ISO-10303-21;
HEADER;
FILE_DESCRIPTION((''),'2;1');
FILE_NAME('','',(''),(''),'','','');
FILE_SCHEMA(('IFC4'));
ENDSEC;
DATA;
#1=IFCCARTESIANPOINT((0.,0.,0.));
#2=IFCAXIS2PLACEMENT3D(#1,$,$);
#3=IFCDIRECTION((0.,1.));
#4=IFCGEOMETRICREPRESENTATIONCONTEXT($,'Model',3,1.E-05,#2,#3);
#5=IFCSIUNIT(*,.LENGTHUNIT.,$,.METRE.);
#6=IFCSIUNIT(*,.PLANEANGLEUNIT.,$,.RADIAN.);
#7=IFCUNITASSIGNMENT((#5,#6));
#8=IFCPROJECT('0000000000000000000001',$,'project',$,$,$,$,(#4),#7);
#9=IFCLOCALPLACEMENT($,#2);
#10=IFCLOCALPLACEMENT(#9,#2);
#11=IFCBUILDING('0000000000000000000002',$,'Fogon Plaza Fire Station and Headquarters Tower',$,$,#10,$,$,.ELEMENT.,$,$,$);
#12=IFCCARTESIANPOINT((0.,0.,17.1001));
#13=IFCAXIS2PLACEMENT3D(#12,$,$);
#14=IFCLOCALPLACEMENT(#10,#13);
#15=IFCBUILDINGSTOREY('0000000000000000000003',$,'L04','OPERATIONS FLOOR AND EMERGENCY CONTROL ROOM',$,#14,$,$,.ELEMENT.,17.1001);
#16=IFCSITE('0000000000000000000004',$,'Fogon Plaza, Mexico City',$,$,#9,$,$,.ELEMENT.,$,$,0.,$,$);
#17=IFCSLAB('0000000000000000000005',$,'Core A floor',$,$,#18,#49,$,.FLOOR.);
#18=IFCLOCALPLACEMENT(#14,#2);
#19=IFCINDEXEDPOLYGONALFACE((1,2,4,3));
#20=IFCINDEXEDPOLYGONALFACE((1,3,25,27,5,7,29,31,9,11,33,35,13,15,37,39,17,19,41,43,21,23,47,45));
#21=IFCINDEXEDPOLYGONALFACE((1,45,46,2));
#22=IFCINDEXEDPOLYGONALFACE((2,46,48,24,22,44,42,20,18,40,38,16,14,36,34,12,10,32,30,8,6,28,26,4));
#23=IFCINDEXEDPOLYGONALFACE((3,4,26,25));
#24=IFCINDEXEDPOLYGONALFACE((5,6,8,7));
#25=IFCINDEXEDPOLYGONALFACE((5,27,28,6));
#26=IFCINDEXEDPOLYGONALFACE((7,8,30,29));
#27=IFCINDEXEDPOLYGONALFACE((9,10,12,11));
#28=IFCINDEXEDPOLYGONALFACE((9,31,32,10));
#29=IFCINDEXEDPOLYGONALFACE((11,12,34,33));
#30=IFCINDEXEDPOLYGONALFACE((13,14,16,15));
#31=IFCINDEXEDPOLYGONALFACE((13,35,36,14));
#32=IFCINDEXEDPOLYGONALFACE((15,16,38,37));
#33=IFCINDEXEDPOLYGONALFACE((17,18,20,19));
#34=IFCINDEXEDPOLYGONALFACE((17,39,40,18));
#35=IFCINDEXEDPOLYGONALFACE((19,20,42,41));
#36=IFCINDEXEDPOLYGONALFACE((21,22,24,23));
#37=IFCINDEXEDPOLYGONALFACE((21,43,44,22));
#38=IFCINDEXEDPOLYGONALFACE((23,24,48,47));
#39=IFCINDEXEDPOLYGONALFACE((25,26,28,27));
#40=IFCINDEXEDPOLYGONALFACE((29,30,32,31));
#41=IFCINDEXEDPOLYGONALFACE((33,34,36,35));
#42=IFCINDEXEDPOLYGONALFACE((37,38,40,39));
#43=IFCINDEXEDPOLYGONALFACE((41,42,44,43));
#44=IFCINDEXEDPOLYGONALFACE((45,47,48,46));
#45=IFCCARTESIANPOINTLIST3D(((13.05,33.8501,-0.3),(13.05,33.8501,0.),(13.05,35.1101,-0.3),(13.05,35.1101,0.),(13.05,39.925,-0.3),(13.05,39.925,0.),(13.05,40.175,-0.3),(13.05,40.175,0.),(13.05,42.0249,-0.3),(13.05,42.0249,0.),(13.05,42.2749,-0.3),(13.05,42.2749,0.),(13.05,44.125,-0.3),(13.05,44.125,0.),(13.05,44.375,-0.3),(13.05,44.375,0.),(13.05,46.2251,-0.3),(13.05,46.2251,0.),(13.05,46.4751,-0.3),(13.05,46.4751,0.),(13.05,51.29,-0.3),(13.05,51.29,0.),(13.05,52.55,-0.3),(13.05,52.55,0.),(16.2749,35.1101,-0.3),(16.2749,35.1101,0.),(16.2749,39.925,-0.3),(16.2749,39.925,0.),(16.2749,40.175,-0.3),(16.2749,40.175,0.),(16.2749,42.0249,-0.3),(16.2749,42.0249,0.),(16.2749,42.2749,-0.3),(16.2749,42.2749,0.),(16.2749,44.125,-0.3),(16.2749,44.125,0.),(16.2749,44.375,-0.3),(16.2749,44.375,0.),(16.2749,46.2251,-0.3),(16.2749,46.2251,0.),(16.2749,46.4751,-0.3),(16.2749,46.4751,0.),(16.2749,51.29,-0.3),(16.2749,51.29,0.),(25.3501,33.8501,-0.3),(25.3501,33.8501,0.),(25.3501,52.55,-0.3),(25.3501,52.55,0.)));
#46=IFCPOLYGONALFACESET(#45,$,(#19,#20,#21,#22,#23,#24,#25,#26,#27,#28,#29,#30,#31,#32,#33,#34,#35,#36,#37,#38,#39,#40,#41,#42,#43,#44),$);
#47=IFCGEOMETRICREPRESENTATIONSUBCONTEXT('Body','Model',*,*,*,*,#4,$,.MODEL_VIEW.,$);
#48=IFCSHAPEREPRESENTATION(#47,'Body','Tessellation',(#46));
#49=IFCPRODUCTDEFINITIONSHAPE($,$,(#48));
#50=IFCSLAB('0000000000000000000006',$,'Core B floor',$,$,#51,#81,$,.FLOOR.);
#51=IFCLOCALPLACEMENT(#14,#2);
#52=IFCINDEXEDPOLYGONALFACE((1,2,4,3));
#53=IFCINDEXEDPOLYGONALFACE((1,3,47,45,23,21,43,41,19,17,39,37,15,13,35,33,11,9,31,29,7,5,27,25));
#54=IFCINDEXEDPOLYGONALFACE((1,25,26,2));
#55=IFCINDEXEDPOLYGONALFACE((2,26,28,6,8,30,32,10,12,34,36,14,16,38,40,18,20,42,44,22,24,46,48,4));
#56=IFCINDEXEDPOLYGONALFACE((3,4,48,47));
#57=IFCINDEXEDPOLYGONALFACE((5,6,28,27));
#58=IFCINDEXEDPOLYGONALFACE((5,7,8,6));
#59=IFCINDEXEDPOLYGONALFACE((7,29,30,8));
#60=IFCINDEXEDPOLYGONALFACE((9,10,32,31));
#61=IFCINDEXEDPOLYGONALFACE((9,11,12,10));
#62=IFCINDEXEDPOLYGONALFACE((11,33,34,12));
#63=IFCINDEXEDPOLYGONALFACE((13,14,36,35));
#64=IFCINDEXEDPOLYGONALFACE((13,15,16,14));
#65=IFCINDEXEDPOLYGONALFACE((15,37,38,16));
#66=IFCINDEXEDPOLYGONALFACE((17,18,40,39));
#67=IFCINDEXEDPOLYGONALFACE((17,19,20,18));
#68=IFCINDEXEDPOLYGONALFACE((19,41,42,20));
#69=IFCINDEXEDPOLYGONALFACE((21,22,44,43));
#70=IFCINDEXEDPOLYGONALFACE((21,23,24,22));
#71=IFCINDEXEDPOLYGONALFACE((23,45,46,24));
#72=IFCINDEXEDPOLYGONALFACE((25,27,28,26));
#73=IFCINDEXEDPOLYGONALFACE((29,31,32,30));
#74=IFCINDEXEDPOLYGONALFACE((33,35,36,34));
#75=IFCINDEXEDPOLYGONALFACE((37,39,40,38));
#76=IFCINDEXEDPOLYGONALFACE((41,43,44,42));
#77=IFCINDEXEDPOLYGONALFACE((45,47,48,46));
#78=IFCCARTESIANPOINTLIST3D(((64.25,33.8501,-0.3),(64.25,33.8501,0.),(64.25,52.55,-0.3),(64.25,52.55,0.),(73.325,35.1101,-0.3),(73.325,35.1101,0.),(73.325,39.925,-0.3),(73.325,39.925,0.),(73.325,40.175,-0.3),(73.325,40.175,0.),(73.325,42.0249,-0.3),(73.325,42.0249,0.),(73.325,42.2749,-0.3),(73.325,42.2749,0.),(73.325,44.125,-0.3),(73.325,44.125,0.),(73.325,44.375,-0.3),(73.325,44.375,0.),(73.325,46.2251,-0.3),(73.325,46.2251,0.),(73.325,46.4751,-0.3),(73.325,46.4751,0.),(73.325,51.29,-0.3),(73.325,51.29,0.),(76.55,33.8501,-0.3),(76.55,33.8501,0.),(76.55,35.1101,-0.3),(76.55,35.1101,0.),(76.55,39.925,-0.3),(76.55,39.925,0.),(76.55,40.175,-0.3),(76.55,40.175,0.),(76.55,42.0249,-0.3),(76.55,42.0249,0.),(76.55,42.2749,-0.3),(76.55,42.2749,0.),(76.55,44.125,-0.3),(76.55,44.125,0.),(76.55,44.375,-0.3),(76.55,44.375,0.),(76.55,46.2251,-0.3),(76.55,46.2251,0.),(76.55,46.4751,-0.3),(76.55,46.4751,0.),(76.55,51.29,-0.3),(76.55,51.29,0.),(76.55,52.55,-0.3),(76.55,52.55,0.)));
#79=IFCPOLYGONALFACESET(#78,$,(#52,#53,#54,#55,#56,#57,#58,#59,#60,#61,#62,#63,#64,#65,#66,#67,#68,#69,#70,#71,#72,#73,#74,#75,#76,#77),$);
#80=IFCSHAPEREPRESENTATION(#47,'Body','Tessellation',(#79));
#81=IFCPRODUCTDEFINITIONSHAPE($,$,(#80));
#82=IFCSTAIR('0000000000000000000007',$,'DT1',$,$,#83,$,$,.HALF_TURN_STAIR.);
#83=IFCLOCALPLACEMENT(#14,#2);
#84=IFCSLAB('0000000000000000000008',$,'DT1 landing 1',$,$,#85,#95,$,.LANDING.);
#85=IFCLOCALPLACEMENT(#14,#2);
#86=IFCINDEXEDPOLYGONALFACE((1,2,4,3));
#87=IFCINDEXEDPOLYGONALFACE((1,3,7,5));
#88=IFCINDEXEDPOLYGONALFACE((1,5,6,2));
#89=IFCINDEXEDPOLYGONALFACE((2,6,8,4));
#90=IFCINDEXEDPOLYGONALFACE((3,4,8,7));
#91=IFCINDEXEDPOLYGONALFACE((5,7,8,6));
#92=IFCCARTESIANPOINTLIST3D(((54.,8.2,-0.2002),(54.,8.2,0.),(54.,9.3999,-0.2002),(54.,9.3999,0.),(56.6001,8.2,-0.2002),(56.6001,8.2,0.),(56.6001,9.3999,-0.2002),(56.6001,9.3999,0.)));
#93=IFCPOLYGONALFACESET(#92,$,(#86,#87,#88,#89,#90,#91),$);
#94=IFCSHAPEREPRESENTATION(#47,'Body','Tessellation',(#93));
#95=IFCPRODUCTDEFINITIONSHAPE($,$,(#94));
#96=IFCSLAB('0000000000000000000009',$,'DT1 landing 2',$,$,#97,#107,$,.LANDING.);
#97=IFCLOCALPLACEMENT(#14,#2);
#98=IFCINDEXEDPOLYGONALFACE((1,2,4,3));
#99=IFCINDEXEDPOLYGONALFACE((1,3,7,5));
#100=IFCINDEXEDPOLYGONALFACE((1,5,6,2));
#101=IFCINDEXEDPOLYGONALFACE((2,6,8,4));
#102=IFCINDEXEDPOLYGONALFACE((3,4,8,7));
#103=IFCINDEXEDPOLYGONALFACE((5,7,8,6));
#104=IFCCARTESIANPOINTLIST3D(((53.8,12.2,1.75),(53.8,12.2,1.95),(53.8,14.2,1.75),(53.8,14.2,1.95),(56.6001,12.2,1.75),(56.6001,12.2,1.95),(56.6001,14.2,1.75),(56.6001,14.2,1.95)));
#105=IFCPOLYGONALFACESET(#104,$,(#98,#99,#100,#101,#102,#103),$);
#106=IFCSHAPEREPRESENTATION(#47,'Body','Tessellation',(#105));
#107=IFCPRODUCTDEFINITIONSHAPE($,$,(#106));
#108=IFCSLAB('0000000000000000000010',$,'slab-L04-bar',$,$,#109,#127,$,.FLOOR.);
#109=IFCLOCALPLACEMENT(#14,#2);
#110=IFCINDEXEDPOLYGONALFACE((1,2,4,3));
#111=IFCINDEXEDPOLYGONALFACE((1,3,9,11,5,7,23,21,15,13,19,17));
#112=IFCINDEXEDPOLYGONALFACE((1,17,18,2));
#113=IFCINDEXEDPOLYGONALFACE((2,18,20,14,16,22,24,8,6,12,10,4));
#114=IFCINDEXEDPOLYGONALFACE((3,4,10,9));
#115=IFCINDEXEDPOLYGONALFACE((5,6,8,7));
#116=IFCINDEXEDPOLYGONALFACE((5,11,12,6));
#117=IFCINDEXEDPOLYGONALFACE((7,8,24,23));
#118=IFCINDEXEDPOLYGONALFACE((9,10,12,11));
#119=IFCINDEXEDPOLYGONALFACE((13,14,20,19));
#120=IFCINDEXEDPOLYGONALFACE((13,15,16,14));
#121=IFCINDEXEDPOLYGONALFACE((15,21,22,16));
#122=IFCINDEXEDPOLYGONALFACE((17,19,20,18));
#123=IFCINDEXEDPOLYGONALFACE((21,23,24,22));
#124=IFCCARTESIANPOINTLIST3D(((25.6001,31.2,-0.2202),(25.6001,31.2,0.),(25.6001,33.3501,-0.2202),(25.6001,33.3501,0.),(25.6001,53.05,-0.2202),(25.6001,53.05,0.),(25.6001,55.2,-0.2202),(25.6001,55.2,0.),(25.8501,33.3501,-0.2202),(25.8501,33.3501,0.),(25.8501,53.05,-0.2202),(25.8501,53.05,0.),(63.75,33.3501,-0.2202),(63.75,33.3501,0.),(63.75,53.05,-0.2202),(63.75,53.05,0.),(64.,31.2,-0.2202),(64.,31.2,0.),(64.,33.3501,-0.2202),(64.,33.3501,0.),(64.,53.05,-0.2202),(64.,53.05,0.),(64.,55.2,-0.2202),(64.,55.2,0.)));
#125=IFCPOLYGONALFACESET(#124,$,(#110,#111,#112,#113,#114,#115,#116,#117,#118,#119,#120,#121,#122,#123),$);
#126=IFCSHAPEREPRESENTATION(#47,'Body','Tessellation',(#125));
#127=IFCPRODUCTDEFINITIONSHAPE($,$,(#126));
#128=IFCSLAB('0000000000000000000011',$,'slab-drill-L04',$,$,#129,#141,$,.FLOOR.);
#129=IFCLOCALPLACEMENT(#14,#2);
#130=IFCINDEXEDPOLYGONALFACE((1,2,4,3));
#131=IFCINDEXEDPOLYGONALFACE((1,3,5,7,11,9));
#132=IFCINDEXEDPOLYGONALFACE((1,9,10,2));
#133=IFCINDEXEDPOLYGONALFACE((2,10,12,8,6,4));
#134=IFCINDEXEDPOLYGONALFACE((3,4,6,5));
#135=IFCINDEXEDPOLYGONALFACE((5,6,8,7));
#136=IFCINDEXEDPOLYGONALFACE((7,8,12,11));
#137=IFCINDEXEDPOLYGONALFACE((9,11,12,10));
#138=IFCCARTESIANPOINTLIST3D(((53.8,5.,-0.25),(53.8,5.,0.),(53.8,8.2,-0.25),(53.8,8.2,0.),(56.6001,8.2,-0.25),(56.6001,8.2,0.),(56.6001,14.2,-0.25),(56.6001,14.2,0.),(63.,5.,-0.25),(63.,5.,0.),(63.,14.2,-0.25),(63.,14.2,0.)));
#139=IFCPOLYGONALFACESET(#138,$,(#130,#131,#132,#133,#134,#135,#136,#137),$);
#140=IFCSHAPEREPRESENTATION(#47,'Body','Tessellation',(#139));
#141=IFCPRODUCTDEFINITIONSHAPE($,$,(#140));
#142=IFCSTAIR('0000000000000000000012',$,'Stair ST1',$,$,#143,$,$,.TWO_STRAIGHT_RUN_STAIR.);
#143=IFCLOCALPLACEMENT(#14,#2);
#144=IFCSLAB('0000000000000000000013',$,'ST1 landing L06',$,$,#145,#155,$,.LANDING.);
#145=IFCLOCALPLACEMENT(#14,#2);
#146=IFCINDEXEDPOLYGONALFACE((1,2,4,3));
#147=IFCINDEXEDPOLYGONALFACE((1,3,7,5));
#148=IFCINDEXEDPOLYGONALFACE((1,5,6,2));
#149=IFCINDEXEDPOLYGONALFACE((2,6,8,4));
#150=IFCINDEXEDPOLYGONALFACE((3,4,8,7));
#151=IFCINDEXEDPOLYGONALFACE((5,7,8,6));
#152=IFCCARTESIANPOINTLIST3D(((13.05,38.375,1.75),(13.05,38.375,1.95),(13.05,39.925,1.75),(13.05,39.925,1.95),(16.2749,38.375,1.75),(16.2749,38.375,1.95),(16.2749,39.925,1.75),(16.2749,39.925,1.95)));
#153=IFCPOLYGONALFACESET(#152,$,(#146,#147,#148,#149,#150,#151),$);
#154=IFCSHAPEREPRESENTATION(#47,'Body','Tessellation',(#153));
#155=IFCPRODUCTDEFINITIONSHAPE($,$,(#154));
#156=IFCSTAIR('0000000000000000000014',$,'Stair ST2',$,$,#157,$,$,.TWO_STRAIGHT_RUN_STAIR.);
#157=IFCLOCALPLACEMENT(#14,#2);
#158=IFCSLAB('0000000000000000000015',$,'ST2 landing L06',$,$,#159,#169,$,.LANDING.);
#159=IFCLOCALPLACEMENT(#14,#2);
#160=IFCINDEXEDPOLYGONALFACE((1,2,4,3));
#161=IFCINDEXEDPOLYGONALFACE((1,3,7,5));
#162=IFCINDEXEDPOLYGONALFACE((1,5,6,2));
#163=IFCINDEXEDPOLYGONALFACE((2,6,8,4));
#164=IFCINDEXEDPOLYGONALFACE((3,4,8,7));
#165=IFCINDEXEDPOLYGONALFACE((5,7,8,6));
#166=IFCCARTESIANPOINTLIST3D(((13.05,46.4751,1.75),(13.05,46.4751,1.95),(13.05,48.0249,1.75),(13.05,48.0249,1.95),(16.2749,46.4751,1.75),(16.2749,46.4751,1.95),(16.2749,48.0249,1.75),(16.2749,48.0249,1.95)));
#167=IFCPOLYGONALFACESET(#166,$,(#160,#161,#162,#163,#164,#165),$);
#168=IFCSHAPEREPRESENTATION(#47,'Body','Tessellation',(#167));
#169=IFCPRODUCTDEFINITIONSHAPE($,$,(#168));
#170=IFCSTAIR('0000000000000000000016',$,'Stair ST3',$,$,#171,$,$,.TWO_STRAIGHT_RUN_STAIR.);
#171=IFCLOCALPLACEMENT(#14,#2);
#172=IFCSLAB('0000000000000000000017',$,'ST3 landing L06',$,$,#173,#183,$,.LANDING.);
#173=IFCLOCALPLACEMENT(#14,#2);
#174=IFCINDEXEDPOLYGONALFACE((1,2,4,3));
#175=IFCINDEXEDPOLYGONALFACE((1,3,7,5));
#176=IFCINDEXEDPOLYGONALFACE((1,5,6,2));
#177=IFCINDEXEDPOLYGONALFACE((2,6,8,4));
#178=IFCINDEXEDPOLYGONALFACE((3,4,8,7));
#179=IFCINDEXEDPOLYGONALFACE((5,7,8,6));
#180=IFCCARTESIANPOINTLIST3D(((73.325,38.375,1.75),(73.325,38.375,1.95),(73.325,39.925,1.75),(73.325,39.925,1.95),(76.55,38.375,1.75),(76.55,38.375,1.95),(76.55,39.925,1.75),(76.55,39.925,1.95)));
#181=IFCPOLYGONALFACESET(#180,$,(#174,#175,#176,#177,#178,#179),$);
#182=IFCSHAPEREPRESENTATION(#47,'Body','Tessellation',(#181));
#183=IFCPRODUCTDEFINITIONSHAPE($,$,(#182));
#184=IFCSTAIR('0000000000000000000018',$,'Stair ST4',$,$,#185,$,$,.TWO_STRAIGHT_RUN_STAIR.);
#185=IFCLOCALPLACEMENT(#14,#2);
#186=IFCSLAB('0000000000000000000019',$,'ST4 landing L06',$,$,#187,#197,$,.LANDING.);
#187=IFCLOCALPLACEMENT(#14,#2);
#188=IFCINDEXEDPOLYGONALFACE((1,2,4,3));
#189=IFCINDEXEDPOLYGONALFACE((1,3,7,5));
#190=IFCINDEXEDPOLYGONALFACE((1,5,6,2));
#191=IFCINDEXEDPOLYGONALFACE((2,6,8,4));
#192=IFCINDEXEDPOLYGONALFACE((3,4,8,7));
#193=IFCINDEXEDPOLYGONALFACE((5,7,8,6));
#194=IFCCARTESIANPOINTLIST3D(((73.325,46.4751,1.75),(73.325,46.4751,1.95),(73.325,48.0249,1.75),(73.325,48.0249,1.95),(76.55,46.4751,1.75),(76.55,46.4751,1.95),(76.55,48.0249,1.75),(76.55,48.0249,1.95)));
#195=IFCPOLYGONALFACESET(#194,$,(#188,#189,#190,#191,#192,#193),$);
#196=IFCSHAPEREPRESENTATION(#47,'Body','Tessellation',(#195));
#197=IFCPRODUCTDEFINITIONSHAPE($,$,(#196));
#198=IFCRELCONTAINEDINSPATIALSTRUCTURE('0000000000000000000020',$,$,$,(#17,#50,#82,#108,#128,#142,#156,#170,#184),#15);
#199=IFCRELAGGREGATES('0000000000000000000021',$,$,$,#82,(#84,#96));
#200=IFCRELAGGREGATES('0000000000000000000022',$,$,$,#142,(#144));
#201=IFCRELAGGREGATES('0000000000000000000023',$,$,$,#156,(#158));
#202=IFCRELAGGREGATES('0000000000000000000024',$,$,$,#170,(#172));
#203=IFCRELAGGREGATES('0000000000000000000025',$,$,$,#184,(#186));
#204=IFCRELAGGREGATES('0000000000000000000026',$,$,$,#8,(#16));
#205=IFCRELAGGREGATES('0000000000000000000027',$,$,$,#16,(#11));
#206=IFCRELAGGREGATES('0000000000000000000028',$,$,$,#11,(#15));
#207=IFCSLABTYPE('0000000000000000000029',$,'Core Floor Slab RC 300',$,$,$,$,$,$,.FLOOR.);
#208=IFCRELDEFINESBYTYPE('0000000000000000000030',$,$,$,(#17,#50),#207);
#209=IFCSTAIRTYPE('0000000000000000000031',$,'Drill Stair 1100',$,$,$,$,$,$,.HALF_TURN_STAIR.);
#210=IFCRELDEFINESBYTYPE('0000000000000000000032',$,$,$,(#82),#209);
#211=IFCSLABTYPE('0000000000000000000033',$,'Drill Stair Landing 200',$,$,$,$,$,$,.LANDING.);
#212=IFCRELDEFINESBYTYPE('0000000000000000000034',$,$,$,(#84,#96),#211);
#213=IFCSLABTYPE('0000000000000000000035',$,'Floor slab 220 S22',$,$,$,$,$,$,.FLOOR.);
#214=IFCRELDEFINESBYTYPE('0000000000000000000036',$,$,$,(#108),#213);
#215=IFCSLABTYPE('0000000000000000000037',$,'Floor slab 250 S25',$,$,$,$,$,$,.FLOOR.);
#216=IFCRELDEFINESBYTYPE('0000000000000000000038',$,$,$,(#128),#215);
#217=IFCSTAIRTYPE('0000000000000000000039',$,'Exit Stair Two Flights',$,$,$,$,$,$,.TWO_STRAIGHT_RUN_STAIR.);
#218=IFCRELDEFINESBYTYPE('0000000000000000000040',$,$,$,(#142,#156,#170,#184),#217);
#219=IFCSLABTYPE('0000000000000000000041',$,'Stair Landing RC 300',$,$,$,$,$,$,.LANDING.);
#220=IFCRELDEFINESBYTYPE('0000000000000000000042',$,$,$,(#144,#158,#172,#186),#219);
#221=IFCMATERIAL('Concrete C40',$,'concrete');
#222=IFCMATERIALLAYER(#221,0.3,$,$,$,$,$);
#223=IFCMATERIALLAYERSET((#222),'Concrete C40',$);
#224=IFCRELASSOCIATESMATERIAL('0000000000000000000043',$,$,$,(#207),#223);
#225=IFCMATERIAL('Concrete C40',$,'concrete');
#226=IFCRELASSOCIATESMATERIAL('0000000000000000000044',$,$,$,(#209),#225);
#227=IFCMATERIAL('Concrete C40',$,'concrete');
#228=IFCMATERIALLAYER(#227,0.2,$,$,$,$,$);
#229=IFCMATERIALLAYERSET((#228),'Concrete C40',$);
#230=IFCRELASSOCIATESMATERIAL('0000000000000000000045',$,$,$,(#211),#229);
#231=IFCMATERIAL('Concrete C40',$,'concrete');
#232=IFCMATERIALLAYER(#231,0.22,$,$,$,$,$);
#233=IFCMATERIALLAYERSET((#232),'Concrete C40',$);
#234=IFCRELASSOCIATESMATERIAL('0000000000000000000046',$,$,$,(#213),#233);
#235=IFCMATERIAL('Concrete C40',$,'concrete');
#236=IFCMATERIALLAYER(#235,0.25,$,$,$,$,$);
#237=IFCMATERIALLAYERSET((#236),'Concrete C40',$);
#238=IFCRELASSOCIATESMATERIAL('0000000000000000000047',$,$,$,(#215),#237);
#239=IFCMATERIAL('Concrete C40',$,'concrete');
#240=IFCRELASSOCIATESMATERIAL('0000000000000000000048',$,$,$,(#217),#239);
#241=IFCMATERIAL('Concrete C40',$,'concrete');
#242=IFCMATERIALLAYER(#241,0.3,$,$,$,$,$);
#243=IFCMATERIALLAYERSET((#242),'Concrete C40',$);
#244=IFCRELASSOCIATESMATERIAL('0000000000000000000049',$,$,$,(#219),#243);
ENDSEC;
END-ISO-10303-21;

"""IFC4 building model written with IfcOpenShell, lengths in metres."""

from ifc_helpers import new_model, si_unit, direction, frame, origin, place, context, subcontext, project, spatial, polyline, outline, extrude, material, layer, layer_set, type_object, element, aggregate, save


model = new_model("IFC4")

# Units and contexts
model_context = context("Model", 3, precision=1e-05, world=origin(), true_north=direction((0.0, 1.0)))
body_context = subcontext(model_context, "Body", "Model", "MODEL_VIEW")
ifc_project = project(units=[si_unit("LENGTHUNIT", "METRE"), si_unit("PLANEANGLEUNIT", "RADIAN")], contexts=[model_context])

# Site, building, storey
site_placement = place(None, origin())
site = spatial("IfcSite", under=ifc_project, at=site_placement, Name="Fogon Plaza, Mexico City", CompositionType="ELEMENT", RefElevation=0.0)
building_placement = place(site_placement, origin())
building = spatial("IfcBuilding", under=site, at=building_placement, Name="Fogon Plaza Fire Station and Headquarters Tower", CompositionType="ELEMENT")
storey_placement = place(building_placement, frame((0.0, 0.0, 17.1001)))
storey = spatial("IfcBuildingStorey", under=building, at=storey_placement, Name="L04", Description="OPERATIONS FLOOR AND EMERGENCY CONTROL ROOM", CompositionType="ELEMENT", Elevation=17.1001)

# Slabs
ifc_material_1 = material(Name="Concrete C40", Category="concrete")
ifc_layer_1 = layer(ifc_material_1, 0.3)
ifc_layer_set_1 = layer_set([ifc_layer_1], Name="Concrete C40")
slab_type_1 = type_object("IfcSlabType", Name="Core Floor Slab RC 300", PredefinedType="FLOOR", material=ifc_layer_set_1)
slab_1_placement = place(storey_placement, frame((0.0, 0.0, -0.3)))
element("IfcSlab", 1, at=slab_1_placement, inside=storey, type_object=slab_type_1, Name="Core A floor", PredefinedType="FLOOR", context=body_context, shape_type="SweptSolid", body=[
    extrude(outline(polyline([(13.05, 35.1101), (13.05, 33.8501), (25.3501, 33.8501), (25.3501, 52.55), (13.05, 52.55), (13.05, 51.29), (16.2749, 51.29), (16.2749, 46.4751), (13.05, 46.4751), (13.05, 46.2251), (16.2749, 46.2251), (16.2749, 44.375), (13.05, 44.375), (13.05, 44.125), (16.2749, 44.125), (16.2749, 42.2749), (13.05, 42.2749), (13.05, 42.0249), (16.2749, 42.0249), (16.2749, 40.175), (13.05, 40.175), (13.05, 39.925), (16.2749, 39.925), (16.2749, 35.1101), (13.05, 35.1101)])), origin(), (0.0, 0.0, 1.0), 0.3),
])
slab_2_placement = place(storey_placement, frame((0.0, 0.0, -0.3)))
element("IfcSlab", 2, at=slab_2_placement, inside=storey, type_object=slab_type_1, Name="Core B floor", PredefinedType="FLOOR", context=body_context, shape_type="SweptSolid", body=[
    extrude(outline(polyline([(76.55, 35.1101), (73.325, 35.1101), (73.325, 39.925), (76.55, 39.925), (76.55, 40.175), (73.325, 40.175), (73.325, 42.0249), (76.55, 42.0249), (76.55, 42.2749), (73.325, 42.2749), (73.325, 44.125), (76.55, 44.125), (76.55, 44.375), (73.325, 44.375), (73.325, 46.2251), (76.55, 46.2251), (76.55, 46.4751), (73.325, 46.4751), (73.325, 51.29), (76.55, 51.29), (76.55, 52.55), (64.25, 52.55), (64.25, 33.8501), (76.55, 33.8501), (76.55, 35.1101)])), origin(), (0.0, 0.0, 1.0), 0.3),
])

# Stair, slabs
ifc_material_2 = material(Name="Concrete C40", Category="concrete")
stair_type_1 = type_object("IfcStairType", Name="Drill Stair 1100", PredefinedType="HALF_TURN_STAIR", material=ifc_material_2)
stair_1_placement = place(storey_placement, origin())
stair_1 = element("IfcStair", 3, at=stair_1_placement, inside=storey, type_object=stair_type_1, Name="DT1", PredefinedType="HALF_TURN_STAIR")
ifc_material_3 = material(Name="Concrete C40", Category="concrete")
ifc_layer_2 = layer(ifc_material_3, 0.2)
ifc_layer_set_2 = layer_set([ifc_layer_2], Name="Concrete C40")
slab_type_2 = type_object("IfcSlabType", Name="Drill Stair Landing 200", PredefinedType="LANDING", material=ifc_layer_set_2)
slab_3_placement = place(storey_placement, frame((0.0, 0.0, -0.2002)))
slab_3 = element("IfcSlab", 4, at=slab_3_placement, type_object=slab_type_2, Name="DT1 landing 1", PredefinedType="LANDING", context=body_context, shape_type="SweptSolid", body=[
    extrude(outline(polyline([(54.0, 8.2), (56.6001, 8.2), (56.6001, 9.3999), (54.0, 9.3999), (54.0, 8.2)])), origin(), (0.0, 0.0, 1.0), 0.2002),
])
slab_4_placement = place(storey_placement, frame((0.0, 0.0, 1.75)))
slab_4 = element("IfcSlab", 5, at=slab_4_placement, type_object=slab_type_2, Name="DT1 landing 2", PredefinedType="LANDING", context=body_context, shape_type="SweptSolid", body=[
    extrude(outline(polyline([(53.8, 12.2), (56.6001, 12.2), (56.6001, 14.2), (53.8, 14.2), (53.8, 12.2)])), origin(), (0.0, 0.0, 1.0), 0.2),
])
aggregate(stair_1, [slab_3, slab_4])

# Slabs
ifc_material_4 = material(Name="Concrete C40", Category="concrete")
ifc_layer_3 = layer(ifc_material_4, 0.22)
ifc_layer_set_3 = layer_set([ifc_layer_3], Name="Concrete C40")
slab_type_3 = type_object("IfcSlabType", Name="Floor slab 220 S22", PredefinedType="FLOOR", material=ifc_layer_set_3)
slab_5_placement = place(storey_placement, frame((0.0, 0.0, -0.2202)))
element("IfcSlab", 6, at=slab_5_placement, inside=storey, type_object=slab_type_3, Name="slab-L04-bar", PredefinedType="FLOOR", context=body_context, shape_type="SweptSolid", body=[
    extrude(outline(polyline([(64.0, 31.2), (25.6001, 31.2), (25.6001, 33.3501), (25.8501, 33.3501), (25.8501, 53.05), (25.6001, 53.05), (25.6001, 55.2), (64.0, 55.2), (64.0, 53.05), (63.75, 53.05), (63.75, 33.3501), (64.0, 33.3501), (64.0, 31.2)])), origin(), (0.0, 0.0, 1.0), 0.2202),
])
ifc_material_5 = material(Name="Concrete C40", Category="concrete")
ifc_layer_4 = layer(ifc_material_5, 0.25)
ifc_layer_set_4 = layer_set([ifc_layer_4], Name="Concrete C40")
slab_type_4 = type_object("IfcSlabType", Name="Floor slab 250 S25", PredefinedType="FLOOR", material=ifc_layer_set_4)
slab_6_placement = place(storey_placement, frame((0.0, 0.0, -0.25)))
element("IfcSlab", 7, at=slab_6_placement, inside=storey, type_object=slab_type_4, Name="slab-drill-L04", PredefinedType="FLOOR", context=body_context, shape_type="SweptSolid", body=[
    extrude(outline(polyline([(63.0, 14.2), (63.0, 5.0), (53.8, 5.0), (53.8, 8.2), (56.6001, 8.2), (56.6001, 14.2), (63.0, 14.2)])), origin(), (0.0, 0.0, 1.0), 0.25),
])

# Stairs, slabs
ifc_material_6 = material(Name="Concrete C40", Category="concrete")
stair_type_2 = type_object("IfcStairType", Name="Exit Stair Two Flights", PredefinedType="TWO_STRAIGHT_RUN_STAIR", material=ifc_material_6)
stair_2_placement = place(storey_placement, origin())
stair_2 = element("IfcStair", 8, at=stair_2_placement, inside=storey, type_object=stair_type_2, Name="Stair ST1", PredefinedType="TWO_STRAIGHT_RUN_STAIR")
ifc_material_7 = material(Name="Concrete C40", Category="concrete")
ifc_layer_5 = layer(ifc_material_7, 0.3)
ifc_layer_set_5 = layer_set([ifc_layer_5], Name="Concrete C40")
slab_type_5 = type_object("IfcSlabType", Name="Stair Landing RC 300", PredefinedType="LANDING", material=ifc_layer_set_5)
slab_7_placement = place(storey_placement, frame((0.0, 0.0, 1.75)))
slab_7 = element("IfcSlab", 9, at=slab_7_placement, type_object=slab_type_5, Name="ST1 landing L06", PredefinedType="LANDING", context=body_context, shape_type="SweptSolid", body=[
    extrude(outline(polyline([(16.2749, 38.375), (16.2749, 39.925), (13.05, 39.925), (13.05, 38.375), (16.2749, 38.375)])), origin(), (0.0, 0.0, 1.0), 0.2),
])
aggregate(stair_2, [slab_7])
stair_3_placement = place(storey_placement, origin())
stair_3 = element("IfcStair", 10, at=stair_3_placement, inside=storey, type_object=stair_type_2, Name="Stair ST2", PredefinedType="TWO_STRAIGHT_RUN_STAIR")
slab_8_placement = place(storey_placement, frame((0.0, 0.0, 1.75)))
slab_8 = element("IfcSlab", 11, at=slab_8_placement, type_object=slab_type_5, Name="ST2 landing L06", PredefinedType="LANDING", context=body_context, shape_type="SweptSolid", body=[
    extrude(outline(polyline([(16.2749, 46.4751), (16.2749, 48.0249), (13.05, 48.0249), (13.05, 46.4751), (16.2749, 46.4751)])), origin(), (0.0, 0.0, 1.0), 0.2),
])
aggregate(stair_3, [slab_8])
stair_4_placement = place(storey_placement, origin())
stair_4 = element("IfcStair", 12, at=stair_4_placement, inside=storey, type_object=stair_type_2, Name="Stair ST3", PredefinedType="TWO_STRAIGHT_RUN_STAIR")
slab_9_placement = place(storey_placement, frame((0.0, 0.0, 1.75)))
slab_9 = element("IfcSlab", 13, at=slab_9_placement, type_object=slab_type_5, Name="ST3 landing L06", PredefinedType="LANDING", context=body_context, shape_type="SweptSolid", body=[
    extrude(outline(polyline([(73.325, 38.375), (76.55, 38.375), (76.55, 39.925), (73.325, 39.925), (73.325, 38.375)])), origin(), (0.0, 0.0, 1.0), 0.2),
])
aggregate(stair_4, [slab_9])
stair_5_placement = place(storey_placement, origin())
stair_5 = element("IfcStair", 14, at=stair_5_placement, inside=storey, type_object=stair_type_2, Name="Stair ST4", PredefinedType="TWO_STRAIGHT_RUN_STAIR")
slab_10_placement = place(storey_placement, frame((0.0, 0.0, 1.75)))
slab_10 = element("IfcSlab", 15, at=slab_10_placement, type_object=slab_type_5, Name="ST4 landing L06", PredefinedType="LANDING", context=body_context, shape_type="SweptSolid", body=[
    extrude(outline(polyline([(73.325, 46.4751), (76.55, 46.4751), (76.55, 48.0249), (73.325, 48.0249), (73.325, 46.4751)])), origin(), (0.0, 0.0, 1.0), 0.2),
])
aggregate(stair_5, [slab_10])

save(model, "model.ifc")
